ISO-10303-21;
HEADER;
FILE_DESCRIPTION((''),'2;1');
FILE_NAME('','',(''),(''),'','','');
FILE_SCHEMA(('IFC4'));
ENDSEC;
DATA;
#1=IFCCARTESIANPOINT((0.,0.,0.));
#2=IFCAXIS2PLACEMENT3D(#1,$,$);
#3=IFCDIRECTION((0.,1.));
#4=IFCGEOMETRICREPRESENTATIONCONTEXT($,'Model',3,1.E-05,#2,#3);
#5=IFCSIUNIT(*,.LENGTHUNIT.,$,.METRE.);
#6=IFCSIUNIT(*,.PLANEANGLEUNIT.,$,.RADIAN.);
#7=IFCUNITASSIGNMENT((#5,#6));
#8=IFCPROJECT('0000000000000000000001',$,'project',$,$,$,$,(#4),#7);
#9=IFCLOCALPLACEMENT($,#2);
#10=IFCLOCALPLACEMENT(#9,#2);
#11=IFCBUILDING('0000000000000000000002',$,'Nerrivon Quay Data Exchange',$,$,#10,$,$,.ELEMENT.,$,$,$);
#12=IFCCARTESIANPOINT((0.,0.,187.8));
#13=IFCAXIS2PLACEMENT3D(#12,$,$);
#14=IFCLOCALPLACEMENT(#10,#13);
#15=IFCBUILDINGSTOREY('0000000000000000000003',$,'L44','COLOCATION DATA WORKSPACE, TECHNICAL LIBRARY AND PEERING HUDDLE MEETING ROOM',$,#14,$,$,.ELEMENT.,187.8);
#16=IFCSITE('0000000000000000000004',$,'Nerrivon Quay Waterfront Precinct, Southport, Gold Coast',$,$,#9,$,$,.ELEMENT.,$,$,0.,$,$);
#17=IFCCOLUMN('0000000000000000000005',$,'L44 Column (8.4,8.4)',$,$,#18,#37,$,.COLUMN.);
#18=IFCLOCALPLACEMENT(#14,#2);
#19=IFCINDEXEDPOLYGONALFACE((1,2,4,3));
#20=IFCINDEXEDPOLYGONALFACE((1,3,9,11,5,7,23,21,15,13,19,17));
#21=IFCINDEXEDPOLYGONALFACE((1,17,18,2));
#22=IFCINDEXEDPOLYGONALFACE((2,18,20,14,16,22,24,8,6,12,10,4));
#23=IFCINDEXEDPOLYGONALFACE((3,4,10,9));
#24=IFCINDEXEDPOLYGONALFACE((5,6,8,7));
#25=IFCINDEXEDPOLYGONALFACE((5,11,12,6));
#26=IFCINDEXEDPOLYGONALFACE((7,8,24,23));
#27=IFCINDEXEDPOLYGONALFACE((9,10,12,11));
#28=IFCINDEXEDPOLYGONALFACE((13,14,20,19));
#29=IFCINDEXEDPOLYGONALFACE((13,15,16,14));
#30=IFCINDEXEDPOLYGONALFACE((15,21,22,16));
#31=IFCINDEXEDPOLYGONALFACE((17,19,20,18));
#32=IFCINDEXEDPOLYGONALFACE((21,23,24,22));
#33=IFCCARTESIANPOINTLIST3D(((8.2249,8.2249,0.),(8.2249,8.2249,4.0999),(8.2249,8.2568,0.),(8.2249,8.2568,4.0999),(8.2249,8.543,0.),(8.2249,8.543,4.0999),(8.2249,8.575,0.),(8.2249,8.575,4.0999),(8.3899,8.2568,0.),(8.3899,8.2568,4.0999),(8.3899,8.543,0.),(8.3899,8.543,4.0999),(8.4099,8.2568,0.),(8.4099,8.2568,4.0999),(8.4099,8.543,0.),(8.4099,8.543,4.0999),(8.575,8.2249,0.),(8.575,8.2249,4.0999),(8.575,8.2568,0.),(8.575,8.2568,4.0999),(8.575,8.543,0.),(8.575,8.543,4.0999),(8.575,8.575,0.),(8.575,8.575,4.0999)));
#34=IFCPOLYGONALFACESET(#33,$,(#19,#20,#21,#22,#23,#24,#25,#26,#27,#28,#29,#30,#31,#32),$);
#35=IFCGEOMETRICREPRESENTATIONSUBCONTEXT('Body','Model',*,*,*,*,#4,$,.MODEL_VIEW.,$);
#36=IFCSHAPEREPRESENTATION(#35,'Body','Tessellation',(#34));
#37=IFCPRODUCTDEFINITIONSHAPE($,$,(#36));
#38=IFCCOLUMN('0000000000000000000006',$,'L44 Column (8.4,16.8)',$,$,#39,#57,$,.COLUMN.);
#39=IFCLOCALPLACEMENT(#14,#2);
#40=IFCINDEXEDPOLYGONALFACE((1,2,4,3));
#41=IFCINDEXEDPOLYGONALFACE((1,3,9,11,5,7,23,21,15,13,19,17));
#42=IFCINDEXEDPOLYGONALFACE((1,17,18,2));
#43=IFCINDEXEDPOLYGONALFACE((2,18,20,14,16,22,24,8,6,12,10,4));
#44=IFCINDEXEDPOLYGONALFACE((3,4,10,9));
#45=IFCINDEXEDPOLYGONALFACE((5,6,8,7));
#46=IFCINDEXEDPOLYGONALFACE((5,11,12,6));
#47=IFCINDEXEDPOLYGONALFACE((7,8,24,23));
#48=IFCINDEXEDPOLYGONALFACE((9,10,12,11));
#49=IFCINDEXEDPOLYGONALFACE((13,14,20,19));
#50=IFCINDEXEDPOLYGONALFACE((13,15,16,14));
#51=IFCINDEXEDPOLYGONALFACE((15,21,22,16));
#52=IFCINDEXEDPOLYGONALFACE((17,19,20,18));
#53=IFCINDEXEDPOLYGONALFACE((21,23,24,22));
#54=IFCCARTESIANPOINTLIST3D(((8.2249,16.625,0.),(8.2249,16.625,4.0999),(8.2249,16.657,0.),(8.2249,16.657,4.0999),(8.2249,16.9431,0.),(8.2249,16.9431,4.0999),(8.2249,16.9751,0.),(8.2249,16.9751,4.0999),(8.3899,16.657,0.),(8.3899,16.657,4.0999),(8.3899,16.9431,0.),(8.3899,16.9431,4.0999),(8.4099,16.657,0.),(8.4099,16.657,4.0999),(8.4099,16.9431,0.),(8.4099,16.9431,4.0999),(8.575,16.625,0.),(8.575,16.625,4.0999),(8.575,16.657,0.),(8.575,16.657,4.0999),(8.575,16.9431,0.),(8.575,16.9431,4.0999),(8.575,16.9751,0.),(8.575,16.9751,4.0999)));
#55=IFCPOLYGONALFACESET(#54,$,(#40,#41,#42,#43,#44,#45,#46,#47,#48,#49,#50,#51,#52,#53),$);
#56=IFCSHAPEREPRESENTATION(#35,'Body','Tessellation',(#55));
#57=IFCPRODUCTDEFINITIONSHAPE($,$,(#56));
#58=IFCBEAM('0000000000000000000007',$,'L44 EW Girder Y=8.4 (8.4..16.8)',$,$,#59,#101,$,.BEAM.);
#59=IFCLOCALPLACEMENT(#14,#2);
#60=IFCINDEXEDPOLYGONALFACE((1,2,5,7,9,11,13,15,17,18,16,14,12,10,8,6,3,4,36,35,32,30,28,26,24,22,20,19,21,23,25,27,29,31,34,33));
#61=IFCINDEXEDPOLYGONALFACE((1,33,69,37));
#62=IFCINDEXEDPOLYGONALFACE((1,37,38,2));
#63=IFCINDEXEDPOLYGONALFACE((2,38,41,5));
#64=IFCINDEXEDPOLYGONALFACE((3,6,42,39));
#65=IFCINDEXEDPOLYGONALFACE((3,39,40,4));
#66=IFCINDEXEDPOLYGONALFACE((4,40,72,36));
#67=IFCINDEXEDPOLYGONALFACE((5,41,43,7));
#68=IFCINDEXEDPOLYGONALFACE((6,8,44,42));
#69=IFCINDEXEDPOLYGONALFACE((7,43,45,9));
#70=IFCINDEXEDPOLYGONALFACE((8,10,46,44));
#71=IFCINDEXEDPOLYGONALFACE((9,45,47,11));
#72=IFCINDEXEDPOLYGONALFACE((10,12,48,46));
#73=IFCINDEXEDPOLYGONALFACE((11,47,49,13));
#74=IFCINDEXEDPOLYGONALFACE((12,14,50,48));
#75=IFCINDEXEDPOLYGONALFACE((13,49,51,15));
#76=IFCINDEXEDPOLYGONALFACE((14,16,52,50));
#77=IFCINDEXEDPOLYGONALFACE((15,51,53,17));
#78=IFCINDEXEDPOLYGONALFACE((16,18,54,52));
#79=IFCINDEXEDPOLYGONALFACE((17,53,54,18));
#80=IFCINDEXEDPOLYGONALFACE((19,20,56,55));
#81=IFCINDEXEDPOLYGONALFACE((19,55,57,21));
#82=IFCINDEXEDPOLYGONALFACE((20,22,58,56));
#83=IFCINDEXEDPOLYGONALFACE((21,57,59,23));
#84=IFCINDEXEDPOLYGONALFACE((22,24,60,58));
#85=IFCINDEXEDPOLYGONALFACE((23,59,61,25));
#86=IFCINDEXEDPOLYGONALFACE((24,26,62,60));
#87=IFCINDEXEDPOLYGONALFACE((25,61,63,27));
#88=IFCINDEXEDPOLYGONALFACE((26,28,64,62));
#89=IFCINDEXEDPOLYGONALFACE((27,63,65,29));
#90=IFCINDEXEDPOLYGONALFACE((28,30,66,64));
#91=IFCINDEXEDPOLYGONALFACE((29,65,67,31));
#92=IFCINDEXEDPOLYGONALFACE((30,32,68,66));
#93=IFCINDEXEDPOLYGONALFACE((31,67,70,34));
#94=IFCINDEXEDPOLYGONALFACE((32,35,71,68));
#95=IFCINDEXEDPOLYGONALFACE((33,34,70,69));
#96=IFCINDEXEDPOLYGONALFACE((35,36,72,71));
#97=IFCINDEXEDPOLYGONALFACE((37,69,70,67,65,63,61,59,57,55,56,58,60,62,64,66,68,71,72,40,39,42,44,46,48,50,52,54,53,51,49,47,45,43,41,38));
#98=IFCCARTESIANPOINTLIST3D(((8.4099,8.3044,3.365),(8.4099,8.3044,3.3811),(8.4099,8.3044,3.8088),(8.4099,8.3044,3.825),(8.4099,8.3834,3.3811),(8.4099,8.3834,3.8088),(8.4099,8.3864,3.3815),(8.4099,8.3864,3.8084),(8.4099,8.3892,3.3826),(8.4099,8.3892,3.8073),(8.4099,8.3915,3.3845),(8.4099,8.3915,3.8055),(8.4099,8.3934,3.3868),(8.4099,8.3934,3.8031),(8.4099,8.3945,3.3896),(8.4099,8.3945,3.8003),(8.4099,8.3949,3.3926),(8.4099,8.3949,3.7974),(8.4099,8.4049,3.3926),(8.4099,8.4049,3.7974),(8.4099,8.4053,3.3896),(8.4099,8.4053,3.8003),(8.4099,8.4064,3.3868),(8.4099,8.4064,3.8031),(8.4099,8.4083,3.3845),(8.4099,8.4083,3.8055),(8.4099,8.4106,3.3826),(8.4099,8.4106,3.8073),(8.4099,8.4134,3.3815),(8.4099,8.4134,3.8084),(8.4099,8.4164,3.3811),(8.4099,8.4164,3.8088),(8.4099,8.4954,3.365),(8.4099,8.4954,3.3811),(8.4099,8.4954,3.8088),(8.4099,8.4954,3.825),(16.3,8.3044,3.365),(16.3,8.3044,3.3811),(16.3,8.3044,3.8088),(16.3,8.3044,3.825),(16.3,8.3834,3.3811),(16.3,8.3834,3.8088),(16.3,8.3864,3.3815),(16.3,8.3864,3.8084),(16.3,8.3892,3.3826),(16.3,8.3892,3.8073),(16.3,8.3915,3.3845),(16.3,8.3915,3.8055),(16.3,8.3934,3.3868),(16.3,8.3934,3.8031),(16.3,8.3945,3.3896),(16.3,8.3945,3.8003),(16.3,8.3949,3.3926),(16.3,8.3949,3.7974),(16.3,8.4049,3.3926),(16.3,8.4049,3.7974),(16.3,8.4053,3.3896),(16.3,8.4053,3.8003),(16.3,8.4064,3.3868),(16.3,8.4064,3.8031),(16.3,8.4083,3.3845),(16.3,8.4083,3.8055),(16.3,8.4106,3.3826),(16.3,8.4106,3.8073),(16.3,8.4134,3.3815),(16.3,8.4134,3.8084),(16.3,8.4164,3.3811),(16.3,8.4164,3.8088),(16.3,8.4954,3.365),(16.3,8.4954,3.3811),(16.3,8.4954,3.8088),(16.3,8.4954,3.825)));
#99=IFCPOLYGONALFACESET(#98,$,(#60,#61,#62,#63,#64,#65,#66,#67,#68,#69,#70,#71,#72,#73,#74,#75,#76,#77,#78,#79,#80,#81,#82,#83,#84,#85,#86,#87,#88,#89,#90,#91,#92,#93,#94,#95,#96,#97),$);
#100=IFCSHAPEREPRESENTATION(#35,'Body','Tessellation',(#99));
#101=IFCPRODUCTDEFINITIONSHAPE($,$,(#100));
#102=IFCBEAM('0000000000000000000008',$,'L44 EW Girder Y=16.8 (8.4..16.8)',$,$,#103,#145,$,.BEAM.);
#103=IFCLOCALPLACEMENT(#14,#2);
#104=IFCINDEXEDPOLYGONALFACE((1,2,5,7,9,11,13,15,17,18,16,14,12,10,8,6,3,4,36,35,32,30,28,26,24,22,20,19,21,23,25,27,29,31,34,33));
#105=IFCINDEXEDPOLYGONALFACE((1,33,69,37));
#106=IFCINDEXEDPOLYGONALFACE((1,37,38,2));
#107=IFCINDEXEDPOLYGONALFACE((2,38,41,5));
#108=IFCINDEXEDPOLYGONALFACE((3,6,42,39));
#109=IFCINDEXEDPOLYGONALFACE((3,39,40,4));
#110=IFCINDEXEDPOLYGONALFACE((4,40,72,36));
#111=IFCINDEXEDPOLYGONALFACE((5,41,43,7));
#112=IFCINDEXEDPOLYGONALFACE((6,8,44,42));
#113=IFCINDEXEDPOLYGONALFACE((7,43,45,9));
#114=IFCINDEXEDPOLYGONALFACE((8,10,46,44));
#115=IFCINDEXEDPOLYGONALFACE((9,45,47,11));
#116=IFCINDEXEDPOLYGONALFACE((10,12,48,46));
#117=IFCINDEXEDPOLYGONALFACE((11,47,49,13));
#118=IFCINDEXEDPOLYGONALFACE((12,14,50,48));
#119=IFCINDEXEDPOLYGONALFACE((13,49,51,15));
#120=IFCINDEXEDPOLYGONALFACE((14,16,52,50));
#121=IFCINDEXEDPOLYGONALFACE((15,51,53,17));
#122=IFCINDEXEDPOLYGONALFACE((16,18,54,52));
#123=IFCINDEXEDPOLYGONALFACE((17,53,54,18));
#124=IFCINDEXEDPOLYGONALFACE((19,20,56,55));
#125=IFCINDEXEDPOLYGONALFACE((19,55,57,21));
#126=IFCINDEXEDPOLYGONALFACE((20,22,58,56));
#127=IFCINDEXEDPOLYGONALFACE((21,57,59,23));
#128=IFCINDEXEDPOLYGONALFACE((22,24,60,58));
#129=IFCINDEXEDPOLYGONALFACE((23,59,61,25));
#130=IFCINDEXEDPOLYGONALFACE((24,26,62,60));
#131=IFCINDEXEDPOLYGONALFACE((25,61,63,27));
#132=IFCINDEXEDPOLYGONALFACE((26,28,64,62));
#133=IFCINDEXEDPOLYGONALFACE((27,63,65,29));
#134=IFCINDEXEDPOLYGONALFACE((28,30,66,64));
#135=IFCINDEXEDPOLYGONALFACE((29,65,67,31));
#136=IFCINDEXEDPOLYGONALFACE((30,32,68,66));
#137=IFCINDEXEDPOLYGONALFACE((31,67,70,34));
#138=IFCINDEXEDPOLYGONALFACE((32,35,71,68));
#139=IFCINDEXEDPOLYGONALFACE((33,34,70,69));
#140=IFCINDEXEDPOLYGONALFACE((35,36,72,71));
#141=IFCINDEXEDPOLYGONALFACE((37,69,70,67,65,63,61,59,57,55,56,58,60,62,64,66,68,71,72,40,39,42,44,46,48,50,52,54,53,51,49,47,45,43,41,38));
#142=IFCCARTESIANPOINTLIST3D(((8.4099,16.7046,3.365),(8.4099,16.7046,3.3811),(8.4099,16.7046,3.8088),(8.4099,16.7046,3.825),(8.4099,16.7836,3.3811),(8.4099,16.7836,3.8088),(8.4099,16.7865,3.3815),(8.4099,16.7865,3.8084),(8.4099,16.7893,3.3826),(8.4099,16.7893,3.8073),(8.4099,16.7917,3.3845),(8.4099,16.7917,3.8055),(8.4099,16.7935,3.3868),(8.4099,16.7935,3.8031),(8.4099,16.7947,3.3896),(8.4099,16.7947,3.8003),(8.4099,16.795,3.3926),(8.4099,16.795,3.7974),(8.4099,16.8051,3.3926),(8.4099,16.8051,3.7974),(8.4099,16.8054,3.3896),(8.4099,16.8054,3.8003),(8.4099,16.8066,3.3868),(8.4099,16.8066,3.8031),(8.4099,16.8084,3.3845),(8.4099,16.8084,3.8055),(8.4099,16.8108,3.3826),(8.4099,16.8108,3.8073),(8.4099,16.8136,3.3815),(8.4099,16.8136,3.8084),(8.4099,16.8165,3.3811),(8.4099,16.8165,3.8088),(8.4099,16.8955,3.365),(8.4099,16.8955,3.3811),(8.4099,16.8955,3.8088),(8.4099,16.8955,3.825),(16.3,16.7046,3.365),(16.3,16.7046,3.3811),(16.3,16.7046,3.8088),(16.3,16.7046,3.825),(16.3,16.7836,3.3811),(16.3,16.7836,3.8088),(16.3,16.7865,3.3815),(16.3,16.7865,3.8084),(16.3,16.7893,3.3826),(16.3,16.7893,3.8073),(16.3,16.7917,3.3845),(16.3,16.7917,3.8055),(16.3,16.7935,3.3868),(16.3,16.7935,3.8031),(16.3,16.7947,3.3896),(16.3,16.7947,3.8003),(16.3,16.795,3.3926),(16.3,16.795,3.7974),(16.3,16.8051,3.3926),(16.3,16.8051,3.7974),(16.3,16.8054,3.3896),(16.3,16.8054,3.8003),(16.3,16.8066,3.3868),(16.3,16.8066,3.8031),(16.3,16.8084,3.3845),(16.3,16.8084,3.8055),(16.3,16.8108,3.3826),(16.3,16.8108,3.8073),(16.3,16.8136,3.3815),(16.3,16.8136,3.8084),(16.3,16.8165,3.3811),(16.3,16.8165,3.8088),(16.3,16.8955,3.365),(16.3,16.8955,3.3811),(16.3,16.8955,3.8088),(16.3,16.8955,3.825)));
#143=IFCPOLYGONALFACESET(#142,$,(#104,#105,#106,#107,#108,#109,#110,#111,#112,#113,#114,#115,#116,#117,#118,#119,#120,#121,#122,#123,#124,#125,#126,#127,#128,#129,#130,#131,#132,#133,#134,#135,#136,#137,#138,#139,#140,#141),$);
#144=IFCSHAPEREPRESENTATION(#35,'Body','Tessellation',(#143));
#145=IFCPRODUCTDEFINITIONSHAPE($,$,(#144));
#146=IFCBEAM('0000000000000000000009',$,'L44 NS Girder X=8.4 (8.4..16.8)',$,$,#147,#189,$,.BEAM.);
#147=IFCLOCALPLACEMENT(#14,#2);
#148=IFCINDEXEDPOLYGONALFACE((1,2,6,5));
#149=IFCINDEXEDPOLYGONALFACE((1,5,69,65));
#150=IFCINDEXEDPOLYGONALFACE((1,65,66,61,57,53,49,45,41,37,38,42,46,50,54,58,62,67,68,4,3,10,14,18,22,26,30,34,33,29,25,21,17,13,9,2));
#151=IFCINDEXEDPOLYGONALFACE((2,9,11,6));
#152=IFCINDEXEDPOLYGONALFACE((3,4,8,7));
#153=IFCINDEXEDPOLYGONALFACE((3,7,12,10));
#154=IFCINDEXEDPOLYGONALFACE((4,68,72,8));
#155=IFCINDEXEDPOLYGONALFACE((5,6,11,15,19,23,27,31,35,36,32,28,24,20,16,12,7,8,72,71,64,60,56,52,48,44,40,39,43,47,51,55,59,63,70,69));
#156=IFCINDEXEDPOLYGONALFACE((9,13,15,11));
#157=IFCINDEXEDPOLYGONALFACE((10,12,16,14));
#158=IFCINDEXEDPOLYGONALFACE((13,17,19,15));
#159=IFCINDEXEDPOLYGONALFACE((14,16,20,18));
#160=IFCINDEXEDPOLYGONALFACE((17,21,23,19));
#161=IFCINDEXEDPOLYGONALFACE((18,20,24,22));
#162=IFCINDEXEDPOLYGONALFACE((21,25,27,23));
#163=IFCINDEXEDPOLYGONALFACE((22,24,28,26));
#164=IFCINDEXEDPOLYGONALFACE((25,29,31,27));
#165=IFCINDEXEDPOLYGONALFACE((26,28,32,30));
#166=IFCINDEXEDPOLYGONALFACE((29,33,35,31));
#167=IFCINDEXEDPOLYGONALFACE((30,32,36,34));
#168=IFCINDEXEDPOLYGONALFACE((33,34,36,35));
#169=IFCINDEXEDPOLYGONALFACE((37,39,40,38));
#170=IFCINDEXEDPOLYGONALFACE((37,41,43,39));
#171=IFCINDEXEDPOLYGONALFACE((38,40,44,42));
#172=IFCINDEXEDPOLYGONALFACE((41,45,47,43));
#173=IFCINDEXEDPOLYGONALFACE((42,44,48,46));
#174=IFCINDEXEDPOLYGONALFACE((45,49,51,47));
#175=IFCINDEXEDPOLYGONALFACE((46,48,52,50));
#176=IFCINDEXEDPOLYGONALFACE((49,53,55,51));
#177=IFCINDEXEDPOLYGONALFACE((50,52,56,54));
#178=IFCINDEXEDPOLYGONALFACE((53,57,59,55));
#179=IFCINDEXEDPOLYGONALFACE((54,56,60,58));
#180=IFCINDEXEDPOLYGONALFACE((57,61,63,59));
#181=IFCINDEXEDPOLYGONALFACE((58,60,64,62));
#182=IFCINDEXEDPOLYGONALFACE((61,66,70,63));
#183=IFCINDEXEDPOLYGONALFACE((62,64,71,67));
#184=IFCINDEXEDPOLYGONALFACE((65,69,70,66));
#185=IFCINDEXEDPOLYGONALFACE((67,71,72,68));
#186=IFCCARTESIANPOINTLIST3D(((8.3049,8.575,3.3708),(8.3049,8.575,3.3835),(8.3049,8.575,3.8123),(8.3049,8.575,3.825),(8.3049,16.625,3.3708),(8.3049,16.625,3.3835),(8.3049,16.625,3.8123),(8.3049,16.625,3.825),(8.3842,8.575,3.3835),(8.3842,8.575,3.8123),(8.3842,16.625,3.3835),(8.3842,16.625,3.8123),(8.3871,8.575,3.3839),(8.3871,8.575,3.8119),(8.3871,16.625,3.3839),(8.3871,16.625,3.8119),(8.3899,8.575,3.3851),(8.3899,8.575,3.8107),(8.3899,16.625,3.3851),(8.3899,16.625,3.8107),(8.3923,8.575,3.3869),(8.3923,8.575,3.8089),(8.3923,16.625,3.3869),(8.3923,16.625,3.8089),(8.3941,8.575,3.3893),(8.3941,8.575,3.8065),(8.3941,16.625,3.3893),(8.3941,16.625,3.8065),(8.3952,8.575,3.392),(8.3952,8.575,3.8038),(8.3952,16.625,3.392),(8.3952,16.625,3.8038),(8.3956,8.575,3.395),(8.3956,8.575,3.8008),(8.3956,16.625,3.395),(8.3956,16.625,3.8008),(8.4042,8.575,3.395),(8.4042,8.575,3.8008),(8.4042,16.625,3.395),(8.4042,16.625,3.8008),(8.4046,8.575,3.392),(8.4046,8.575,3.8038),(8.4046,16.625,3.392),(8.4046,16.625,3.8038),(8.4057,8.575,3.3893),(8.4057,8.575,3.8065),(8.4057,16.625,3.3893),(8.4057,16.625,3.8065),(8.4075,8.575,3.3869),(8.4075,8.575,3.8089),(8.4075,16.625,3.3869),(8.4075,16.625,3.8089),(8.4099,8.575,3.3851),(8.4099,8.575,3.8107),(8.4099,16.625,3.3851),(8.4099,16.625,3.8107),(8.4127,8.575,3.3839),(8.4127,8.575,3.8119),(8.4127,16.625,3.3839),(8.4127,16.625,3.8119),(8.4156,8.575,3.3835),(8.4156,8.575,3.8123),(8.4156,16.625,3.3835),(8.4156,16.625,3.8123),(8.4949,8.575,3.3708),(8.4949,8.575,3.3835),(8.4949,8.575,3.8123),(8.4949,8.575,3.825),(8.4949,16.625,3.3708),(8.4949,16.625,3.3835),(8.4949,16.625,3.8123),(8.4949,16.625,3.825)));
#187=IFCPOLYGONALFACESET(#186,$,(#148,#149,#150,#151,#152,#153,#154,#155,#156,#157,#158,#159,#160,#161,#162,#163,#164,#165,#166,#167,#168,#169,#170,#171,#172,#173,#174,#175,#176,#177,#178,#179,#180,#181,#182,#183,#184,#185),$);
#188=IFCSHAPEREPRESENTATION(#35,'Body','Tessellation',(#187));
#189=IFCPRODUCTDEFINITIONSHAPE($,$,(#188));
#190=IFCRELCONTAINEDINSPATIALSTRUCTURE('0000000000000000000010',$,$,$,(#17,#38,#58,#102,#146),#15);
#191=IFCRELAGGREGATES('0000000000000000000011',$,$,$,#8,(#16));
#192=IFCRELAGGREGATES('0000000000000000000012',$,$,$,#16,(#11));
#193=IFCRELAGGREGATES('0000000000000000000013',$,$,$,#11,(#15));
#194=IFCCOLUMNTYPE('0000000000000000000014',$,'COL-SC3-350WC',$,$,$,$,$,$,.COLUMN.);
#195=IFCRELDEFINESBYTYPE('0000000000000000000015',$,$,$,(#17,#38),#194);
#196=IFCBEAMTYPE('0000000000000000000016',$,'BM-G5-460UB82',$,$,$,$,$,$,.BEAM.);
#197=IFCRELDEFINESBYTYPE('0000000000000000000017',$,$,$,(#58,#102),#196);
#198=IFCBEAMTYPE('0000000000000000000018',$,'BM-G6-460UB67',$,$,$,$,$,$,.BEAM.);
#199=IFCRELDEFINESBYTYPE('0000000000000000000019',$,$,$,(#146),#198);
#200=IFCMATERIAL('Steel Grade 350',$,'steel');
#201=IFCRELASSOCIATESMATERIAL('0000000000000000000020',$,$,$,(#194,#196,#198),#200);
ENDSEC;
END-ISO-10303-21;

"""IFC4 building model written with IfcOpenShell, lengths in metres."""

from ifc_helpers import new_model, si_unit, direction, frame, origin, origin_2d, place, context, subcontext, project, spatial, i_section, extrude, material, material_profile, profile_set, type_object, element, save


model = new_model("IFC4")

# Units and contexts
model_context = context("Model", 3, precision=1e-05, world=origin(), true_north=direction((0.0, 1.0)))
body_context = subcontext(model_context, "Body", "Model", "MODEL_VIEW")
ifc_project = project(units=[si_unit("LENGTHUNIT", "METRE"), si_unit("PLANEANGLEUNIT", "RADIAN")], contexts=[model_context])

# Site, building, storey
site_placement = place(None, origin())
site = spatial("IfcSite", under=ifc_project, at=site_placement, Name="Nerrivon Quay Waterfront Precinct, Southport, Gold Coast", CompositionType="ELEMENT", RefElevation=0.0)
building_placement = place(site_placement, origin())
building = spatial("IfcBuilding", under=site, at=building_placement, Name="Nerrivon Quay Data Exchange", CompositionType="ELEMENT")
storey_placement = place(building_placement, frame((0.0, 0.0, 187.8)))
storey = spatial("IfcBuildingStorey", under=building, at=storey_placement, Name="L44", Description="COLOCATION DATA WORKSPACE, TECHNICAL LIBRARY AND PEERING HUDDLE MEETING ROOM", CompositionType="ELEMENT", Elevation=187.8)

# Columns
ifc_material_1 = material(Name="Steel Grade 350", Category="steel")
ifc_material_profile_1 = material_profile(ifc_material_1, i_section(OverallWidth=0.3501, OverallDepth=0.3501, WebThickness=0.02, FlangeThickness=0.032, at=origin_2d()), Name="350WC230")
ifc_profile_set_1 = profile_set([ifc_material_profile_1], Name="Steel Grade 350")
column_type = type_object("IfcColumnType", Name="COL-SC3-350WC", PredefinedType="COLUMN", material=ifc_profile_set_1)
for number, where, z_axis, x_axis, name in (
    (1, (8.3999, 8.3999, 0.0), (0.0, 0.0, 1.0), (1.0, 0.0, 0.0), "L44 Column (8.4,8.4)"),
    (2, (8.3999, 16.8, 0.0), (0.0, 0.0, 1.0), (1.0, 0.0, 0.0), "L44 Column (8.4,16.8)"),
):
    element("IfcColumn", number, at=place(storey_placement, frame(where, z_axis=z_axis, x_axis=x_axis)), inside=storey, type_object=column_type, Name=name, PredefinedType="COLUMN", context=body_context, shape_type="SweptSolid", body=[
        extrude(i_section(OverallWidth=0.3501, OverallDepth=0.3501, WebThickness=0.02, FlangeThickness=0.032, at=origin_2d()), origin(), (0.0, 0.0, 1.0), 4.0999),
    ])

# Beams
ifc_material_profile_2 = material_profile(ifc_material_1, i_section(OverallWidth=0.1909, OverallDepth=0.46, WebThickness=0.01, FlangeThickness=0.0161, FilletRadius=0.0115, at=origin_2d()), Name="460UB82.1")
ifc_profile_set_2 = profile_set([ifc_material_profile_2], Name="Steel Grade 350")
beam_type_1 = type_object("IfcBeamType", Name="BM-G5-460UB82", PredefinedType="BEAM", material=ifc_profile_set_2)
for number, where, z_axis, x_axis, name in (
    (3, (8.4099, 8.3999, 3.595), (1.0, 0.0, 0.0), (0.0, 1.0, 0.0), "L44 EW Girder Y=8.4 (8.4..16.8)"),
    (4, (8.4099, 16.8, 3.595), (1.0, 0.0, 0.0), (0.0, 1.0, 0.0), "L44 EW Girder Y=16.8 (8.4..16.8)"),
):
    element("IfcBeam", number, at=place(storey_placement, frame(where, z_axis=z_axis, x_axis=x_axis)), inside=storey, type_object=beam_type_1, Name=name, PredefinedType="BEAM", context=body_context, shape_type="SweptSolid", body=[
        extrude(i_section(OverallWidth=0.1909, OverallDepth=0.46, WebThickness=0.01, FlangeThickness=0.0161, FilletRadius=0.0115, at=origin_2d()), origin(), (0.0, 0.0, 1.0), 7.8901),
    ])
ifc_material_profile_3 = material_profile(ifc_material_1, i_section(OverallWidth=0.1899, OverallDepth=0.4541, WebThickness=0.0085, FlangeThickness=0.0127, FilletRadius=0.0115, at=origin_2d()), Name="460UB67.1")
ifc_profile_set_3 = profile_set([ifc_material_profile_3], Name="Steel Grade 350")
beam_type_2 = type_object("IfcBeamType", Name="BM-G6-460UB67", PredefinedType="BEAM", material=ifc_profile_set_3)
beam_1_placement = place(storey_placement, frame((8.3999, 8.575, 3.5979), z_axis=(0.0, 1.0, 0.0), x_axis=(-1.0, 0.0, 0.0)))
element("IfcBeam", 5, at=beam_1_placement, inside=storey, type_object=beam_type_2, Name="L44 NS Girder X=8.4 (8.4..16.8)", PredefinedType="BEAM", context=body_context, shape_type="SweptSolid", body=[
    extrude(i_section(OverallWidth=0.1899, OverallDepth=0.4541, WebThickness=0.0085, FlangeThickness=0.0127, FilletRadius=0.0115, at=origin_2d()), origin(), (0.0, 0.0, 1.0), 8.05),
])

save(model, "model.ifc")
